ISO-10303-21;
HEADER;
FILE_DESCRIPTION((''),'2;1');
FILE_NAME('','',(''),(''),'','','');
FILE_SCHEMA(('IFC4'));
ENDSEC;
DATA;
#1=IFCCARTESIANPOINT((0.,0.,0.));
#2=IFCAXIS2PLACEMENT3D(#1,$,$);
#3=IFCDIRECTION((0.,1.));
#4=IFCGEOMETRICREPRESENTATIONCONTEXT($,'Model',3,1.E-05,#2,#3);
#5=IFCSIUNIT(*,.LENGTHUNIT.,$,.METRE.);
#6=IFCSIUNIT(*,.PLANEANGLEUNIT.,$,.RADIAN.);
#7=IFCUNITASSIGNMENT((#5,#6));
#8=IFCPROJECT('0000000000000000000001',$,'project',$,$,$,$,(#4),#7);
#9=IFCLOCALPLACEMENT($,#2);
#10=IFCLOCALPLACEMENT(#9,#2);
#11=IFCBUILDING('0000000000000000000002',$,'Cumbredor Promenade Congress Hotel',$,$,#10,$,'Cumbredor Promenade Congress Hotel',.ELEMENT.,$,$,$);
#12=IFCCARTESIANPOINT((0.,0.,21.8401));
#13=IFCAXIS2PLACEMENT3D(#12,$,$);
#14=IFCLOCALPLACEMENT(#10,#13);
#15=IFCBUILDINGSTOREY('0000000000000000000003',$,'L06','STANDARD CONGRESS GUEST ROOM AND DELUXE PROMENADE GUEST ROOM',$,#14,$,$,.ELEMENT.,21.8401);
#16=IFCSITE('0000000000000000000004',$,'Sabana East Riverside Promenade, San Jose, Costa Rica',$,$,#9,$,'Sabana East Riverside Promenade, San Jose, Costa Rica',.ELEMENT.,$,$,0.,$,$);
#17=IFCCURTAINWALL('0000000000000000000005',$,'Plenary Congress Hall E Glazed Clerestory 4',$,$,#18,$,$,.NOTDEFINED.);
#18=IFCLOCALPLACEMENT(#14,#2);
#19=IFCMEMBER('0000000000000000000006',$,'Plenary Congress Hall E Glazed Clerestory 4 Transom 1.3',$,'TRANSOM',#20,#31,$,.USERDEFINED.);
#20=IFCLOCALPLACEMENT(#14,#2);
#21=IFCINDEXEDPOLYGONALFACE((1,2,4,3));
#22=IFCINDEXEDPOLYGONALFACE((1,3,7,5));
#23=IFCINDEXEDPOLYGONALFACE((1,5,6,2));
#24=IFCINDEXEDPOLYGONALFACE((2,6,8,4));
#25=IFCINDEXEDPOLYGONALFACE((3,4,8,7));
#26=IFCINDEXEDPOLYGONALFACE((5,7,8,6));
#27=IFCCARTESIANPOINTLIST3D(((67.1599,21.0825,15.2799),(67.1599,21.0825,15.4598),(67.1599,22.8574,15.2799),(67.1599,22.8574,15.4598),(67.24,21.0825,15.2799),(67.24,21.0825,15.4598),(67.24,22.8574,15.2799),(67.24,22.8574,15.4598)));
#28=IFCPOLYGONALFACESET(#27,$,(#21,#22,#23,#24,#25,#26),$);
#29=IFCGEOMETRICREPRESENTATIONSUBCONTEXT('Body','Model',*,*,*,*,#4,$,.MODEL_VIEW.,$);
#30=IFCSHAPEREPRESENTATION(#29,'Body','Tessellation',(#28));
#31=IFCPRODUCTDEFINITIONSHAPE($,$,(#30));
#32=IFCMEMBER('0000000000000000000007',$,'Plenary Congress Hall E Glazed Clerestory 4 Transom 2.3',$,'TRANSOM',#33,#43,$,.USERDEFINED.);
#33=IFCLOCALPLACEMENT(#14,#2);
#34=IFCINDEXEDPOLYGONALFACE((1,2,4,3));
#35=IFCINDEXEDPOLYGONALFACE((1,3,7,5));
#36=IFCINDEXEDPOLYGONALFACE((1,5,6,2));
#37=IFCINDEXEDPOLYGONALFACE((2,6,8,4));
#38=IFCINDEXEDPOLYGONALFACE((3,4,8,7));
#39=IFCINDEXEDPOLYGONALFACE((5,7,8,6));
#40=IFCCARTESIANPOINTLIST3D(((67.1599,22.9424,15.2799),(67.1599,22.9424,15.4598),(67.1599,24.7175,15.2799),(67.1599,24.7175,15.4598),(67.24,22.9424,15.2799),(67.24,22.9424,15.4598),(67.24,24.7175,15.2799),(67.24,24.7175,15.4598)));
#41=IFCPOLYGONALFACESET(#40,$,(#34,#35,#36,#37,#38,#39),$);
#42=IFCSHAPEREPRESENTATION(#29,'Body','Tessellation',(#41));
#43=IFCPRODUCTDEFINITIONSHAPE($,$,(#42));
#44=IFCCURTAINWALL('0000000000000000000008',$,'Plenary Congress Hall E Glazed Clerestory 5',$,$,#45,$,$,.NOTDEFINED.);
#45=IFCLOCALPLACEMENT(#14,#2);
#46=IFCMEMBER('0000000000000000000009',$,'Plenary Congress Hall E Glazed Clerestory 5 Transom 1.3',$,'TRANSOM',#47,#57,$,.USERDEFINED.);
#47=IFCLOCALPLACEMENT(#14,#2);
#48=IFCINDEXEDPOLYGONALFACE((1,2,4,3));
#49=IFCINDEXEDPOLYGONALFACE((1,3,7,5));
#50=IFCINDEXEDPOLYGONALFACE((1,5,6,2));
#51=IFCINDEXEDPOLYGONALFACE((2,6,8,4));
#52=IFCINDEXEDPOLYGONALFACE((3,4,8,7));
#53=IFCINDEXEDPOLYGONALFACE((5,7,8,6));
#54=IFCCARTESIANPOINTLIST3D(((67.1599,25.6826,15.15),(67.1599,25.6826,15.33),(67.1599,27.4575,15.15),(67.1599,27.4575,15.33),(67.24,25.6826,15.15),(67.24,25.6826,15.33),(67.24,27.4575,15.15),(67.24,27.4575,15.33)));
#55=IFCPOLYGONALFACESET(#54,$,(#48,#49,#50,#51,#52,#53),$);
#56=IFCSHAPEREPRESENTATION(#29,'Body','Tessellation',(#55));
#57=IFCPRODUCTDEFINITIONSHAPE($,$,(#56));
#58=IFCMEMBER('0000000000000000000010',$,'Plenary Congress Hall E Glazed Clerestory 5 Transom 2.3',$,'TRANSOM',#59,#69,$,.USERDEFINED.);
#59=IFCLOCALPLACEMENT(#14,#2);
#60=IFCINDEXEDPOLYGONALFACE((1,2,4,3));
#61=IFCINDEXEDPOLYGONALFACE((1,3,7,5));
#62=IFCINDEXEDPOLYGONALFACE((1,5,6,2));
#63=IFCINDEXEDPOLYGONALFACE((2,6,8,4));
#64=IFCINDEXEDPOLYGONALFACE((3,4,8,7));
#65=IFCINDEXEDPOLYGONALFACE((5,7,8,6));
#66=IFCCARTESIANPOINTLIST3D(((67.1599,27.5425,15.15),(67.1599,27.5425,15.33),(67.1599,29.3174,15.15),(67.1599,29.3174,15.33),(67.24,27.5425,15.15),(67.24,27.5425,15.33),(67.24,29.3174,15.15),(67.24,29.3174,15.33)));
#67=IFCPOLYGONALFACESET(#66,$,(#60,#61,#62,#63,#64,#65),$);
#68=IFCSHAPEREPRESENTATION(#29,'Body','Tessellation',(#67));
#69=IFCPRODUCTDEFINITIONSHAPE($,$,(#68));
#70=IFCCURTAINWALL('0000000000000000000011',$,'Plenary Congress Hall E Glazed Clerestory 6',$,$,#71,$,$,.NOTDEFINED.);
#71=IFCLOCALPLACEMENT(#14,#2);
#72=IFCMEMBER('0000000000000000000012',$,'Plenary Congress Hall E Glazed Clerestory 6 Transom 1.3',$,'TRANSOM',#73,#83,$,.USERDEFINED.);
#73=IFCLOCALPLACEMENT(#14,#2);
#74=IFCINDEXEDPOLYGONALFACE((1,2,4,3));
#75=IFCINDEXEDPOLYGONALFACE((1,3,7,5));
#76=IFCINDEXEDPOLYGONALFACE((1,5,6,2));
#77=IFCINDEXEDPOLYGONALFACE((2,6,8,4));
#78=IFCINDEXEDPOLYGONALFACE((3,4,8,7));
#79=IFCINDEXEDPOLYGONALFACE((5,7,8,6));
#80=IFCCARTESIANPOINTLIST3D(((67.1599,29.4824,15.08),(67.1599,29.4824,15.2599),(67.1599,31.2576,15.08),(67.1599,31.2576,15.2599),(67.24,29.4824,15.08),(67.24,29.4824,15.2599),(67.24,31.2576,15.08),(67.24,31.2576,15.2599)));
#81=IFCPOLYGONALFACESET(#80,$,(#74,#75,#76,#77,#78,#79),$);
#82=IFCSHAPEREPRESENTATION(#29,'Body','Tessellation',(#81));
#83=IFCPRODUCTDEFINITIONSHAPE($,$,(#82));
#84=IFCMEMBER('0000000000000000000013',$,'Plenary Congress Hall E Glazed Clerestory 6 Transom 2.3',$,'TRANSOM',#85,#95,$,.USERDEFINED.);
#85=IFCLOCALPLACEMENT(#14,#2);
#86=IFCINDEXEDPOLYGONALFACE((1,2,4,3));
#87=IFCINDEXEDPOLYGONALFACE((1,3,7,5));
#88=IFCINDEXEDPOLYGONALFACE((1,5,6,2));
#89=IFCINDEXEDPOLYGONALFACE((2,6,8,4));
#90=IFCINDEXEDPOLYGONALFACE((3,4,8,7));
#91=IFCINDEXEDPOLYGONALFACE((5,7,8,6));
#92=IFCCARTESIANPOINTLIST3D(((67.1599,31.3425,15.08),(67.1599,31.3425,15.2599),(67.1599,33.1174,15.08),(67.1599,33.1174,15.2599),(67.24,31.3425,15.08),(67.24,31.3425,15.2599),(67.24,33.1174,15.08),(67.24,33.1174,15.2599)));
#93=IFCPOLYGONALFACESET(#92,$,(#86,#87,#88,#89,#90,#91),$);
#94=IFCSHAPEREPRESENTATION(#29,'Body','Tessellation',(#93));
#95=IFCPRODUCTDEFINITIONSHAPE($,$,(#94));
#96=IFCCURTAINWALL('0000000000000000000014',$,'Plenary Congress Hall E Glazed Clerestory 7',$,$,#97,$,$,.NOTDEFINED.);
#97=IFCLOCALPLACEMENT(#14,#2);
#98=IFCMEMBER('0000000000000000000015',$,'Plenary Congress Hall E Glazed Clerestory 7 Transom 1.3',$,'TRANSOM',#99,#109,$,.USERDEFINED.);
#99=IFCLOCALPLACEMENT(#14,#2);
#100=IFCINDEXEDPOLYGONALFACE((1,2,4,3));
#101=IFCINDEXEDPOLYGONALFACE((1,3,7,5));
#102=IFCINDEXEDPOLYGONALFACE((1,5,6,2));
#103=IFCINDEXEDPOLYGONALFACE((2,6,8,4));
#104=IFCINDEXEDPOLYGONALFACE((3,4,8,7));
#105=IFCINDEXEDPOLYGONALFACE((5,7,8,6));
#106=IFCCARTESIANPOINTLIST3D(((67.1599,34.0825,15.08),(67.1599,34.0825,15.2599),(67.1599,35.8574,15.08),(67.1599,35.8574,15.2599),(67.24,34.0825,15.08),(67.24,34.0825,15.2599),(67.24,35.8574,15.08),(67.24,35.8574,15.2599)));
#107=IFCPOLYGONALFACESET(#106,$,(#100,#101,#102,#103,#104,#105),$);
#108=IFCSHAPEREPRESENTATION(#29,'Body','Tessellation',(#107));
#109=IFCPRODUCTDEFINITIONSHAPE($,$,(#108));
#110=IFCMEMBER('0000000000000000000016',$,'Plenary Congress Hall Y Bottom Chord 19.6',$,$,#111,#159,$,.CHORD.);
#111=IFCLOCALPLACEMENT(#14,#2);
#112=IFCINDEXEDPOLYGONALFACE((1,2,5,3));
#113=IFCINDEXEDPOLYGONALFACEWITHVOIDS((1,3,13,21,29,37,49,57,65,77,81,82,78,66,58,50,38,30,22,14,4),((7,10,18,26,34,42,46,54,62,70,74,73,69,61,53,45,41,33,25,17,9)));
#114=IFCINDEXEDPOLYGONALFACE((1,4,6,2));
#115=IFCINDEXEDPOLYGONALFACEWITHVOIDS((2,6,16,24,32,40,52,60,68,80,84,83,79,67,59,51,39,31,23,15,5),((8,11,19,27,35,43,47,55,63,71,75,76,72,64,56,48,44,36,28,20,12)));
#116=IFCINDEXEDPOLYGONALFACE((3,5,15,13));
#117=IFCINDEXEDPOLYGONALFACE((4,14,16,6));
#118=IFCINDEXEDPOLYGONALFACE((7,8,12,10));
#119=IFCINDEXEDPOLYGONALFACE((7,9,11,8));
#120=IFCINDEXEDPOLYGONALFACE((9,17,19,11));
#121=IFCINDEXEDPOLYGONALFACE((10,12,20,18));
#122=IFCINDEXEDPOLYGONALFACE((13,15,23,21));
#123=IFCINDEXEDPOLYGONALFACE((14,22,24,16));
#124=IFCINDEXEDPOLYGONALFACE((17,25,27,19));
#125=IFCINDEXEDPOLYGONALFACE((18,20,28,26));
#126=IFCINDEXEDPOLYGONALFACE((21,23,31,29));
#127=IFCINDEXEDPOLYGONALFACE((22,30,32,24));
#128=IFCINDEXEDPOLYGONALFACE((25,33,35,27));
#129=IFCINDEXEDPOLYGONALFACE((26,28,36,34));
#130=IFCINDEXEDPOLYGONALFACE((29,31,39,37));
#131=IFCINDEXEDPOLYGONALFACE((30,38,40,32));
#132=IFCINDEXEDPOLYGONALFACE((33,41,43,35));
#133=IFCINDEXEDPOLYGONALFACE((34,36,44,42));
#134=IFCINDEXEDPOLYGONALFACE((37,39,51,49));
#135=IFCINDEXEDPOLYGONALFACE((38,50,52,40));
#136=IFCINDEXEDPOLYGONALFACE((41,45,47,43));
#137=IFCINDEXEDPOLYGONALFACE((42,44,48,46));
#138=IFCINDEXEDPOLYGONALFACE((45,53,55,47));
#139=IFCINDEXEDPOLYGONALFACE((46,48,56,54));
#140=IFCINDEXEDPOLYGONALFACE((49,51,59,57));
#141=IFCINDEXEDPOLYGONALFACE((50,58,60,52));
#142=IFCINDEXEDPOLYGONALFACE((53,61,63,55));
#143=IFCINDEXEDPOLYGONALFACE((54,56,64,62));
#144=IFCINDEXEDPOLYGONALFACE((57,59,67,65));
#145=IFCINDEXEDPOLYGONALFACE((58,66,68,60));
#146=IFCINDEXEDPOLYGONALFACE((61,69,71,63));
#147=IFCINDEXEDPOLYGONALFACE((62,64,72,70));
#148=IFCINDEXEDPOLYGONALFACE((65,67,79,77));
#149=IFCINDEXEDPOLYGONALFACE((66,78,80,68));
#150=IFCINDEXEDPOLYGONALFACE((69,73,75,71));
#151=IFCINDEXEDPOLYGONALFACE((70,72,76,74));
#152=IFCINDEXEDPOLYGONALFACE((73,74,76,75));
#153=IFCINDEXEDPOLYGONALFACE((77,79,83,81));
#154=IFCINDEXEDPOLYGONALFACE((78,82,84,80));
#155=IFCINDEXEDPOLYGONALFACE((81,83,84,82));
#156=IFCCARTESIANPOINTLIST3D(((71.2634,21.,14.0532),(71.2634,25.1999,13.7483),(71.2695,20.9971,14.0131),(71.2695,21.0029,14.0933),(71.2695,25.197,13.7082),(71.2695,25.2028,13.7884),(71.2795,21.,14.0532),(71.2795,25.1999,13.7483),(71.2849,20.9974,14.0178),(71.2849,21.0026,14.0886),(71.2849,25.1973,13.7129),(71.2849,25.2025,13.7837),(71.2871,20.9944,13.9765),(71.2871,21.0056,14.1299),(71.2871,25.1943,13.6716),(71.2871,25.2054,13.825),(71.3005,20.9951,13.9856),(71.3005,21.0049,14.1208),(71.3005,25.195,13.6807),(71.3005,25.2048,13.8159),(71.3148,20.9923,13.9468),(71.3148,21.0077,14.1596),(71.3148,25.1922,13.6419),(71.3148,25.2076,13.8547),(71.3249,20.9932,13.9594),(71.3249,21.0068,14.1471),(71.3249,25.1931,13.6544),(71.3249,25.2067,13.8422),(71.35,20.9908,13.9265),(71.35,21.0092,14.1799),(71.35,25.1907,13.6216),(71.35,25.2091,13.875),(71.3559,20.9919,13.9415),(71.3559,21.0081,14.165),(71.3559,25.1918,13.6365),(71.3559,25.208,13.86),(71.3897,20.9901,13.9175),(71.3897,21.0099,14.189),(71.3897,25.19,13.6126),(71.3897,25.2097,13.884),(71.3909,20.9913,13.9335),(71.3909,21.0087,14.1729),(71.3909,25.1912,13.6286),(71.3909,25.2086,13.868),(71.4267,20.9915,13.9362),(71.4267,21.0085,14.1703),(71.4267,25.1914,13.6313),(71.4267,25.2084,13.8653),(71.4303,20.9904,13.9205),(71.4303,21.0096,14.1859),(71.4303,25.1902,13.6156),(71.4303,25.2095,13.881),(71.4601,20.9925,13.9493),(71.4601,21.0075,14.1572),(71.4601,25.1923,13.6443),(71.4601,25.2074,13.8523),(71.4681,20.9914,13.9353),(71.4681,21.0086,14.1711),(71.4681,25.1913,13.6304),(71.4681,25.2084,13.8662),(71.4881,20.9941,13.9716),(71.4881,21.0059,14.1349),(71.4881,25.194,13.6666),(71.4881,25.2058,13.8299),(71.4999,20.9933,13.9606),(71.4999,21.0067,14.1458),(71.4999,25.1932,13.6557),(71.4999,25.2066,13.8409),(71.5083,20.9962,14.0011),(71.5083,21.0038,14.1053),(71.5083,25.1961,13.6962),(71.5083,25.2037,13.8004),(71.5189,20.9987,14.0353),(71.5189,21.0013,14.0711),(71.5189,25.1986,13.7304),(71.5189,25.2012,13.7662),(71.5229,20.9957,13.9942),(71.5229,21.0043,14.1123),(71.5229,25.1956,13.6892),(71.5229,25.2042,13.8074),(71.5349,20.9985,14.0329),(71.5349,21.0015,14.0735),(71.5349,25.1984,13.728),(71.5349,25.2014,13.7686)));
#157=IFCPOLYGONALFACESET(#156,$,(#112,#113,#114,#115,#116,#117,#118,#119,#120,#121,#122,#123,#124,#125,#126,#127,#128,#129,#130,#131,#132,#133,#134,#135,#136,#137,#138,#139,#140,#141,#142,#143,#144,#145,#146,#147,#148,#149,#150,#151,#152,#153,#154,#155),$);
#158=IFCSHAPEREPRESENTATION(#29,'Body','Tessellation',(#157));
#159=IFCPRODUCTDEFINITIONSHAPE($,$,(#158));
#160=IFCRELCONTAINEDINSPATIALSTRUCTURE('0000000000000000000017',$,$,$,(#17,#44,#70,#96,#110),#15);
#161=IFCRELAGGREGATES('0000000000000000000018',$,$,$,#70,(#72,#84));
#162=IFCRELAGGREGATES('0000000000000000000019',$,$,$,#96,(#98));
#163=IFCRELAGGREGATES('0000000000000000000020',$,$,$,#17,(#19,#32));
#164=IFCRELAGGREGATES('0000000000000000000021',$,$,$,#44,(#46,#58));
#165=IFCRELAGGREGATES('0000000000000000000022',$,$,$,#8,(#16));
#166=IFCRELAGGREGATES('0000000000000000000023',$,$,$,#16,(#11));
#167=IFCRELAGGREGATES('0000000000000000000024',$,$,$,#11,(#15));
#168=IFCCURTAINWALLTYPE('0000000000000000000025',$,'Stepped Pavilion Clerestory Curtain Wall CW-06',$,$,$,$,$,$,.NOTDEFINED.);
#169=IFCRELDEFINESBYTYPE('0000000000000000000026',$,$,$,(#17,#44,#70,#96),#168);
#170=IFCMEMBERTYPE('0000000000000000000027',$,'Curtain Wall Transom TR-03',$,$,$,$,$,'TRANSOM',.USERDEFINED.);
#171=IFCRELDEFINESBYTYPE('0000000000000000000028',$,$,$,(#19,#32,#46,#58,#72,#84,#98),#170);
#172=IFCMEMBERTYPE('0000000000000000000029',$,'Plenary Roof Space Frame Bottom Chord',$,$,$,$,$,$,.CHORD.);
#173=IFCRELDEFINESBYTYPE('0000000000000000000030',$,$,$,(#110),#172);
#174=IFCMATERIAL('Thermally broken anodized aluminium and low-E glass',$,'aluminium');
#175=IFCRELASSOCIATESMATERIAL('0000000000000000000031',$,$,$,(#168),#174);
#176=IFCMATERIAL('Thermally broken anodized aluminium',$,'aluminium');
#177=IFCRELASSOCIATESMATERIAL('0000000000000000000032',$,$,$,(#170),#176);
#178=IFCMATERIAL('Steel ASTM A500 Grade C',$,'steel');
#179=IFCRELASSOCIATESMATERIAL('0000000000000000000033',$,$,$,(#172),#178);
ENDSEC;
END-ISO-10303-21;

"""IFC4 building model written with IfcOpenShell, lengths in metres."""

from ifc_helpers import new_model, si_unit, direction, frame, origin, origin_2d, place, context, subcontext, project, spatial, rectangle, hollow_circle, extrude, material, material_profile, profile_set, type_object, element, aggregate, save


model = new_model("IFC4")

# Units and contexts
model_context = context("Model", 3, precision=1e-05, world=origin(), true_north=direction((0.0, 1.0)))
body_context = subcontext(model_context, "Body", "Model", "MODEL_VIEW")
ifc_project = project(units=[si_unit("LENGTHUNIT", "METRE"), si_unit("PLANEANGLEUNIT", "RADIAN")], contexts=[model_context])

# Site, building, storey
site_placement = place(None, origin())
site = spatial("IfcSite", under=ifc_project, at=site_placement, Name="Sabana East Riverside Promenade, San Jose, Costa Rica", LongName="Sabana East Riverside Promenade, San Jose, Costa Rica", CompositionType="ELEMENT", RefElevation=0.0)
building_placement = place(site_placement, origin())
building = spatial("IfcBuilding", under=site, at=building_placement, Name="Cumbredor Promenade Congress Hotel", LongName="Cumbredor Promenade Congress Hotel", CompositionType="ELEMENT")
storey_placement = place(building_placement, frame((0.0, 0.0, 21.8401)))
storey = spatial("IfcBuildingStorey", under=building, at=storey_placement, Name="L06", Description="STANDARD CONGRESS GUEST ROOM AND DELUXE PROMENADE GUEST ROOM", CompositionType="ELEMENT", Elevation=21.8401)

# Curtain walls, members
ifc_material_1 = material(Name="Thermally broken anodized aluminium and low-E glass", Category="aluminium")
curtain_wall_type = type_object("IfcCurtainWallType", Name="Stepped Pavilion Clerestory Curtain Wall CW-06", PredefinedType="NOTDEFINED", material=ifc_material_1)
curtain_wall_1_placement = place(storey_placement, origin())
curtain_wall_1 = element("IfcCurtainWall", 1, at=curtain_wall_1_placement, inside=storey, type_object=curtain_wall_type, Name="Plenary Congress Hall E Glazed Clerestory 4", PredefinedType="NOTDEFINED")
ifc_material_2 = material(Name="Thermally broken anodized aluminium", Category="aluminium")
ifc_material_profile_1 = material_profile(ifc_material_2, rectangle(XDim=0.0801, YDim=0.1799, at=origin_2d()), Name="ALU TRANSOM 80x180")
ifc_profile_set_1 = profile_set([ifc_material_profile_1], Name="Thermally broken anodized aluminium")
member_type_1 = type_object("IfcMemberType", Name="Curtain Wall Transom TR-03", ElementType="TRANSOM", PredefinedType="USERDEFINED", material=ifc_profile_set_1)
member_1_placement = place(storey_placement, frame((67.2, 21.0825, 15.3699), z_axis=(0.0, 1.0, 0.0), x_axis=(-1.0, 0.0, 0.0)))
member_1 = element("IfcMember", 2, at=member_1_placement, type_object=member_type_1, Name="Plenary Congress Hall E Glazed Clerestory 4 Transom 1.3", ObjectType="TRANSOM", PredefinedType="USERDEFINED", context=body_context, shape_type="SweptSolid", body=[
    extrude(rectangle(XDim=0.0801, YDim=0.1799, at=origin_2d()), origin(), (0.0, 0.0, 1.0), 1.7749),
])
member_2_placement = place(storey_placement, frame((67.2, 22.9424, 15.3699), z_axis=(0.0, 1.0, 0.0), x_axis=(-1.0, 0.0, 0.0)))
member_2 = element("IfcMember", 3, at=member_2_placement, type_object=member_type_1, Name="Plenary Congress Hall E Glazed Clerestory 4 Transom 2.3", ObjectType="TRANSOM", PredefinedType="USERDEFINED", context=body_context, shape_type="SweptSolid", body=[
    extrude(rectangle(XDim=0.0801, YDim=0.1799, at=origin_2d()), origin(), (0.0, 0.0, 1.0), 1.7751),
])
curtain_wall_2_placement = place(storey_placement, origin())
curtain_wall_2 = element("IfcCurtainWall", 4, at=curtain_wall_2_placement, inside=storey, type_object=curtain_wall_type, Name="Plenary Congress Hall E Glazed Clerestory 5", PredefinedType="NOTDEFINED")
member_3_placement = place(storey_placement, frame((67.2, 25.6826, 15.24), z_axis=(0.0, 1.0, 0.0), x_axis=(-1.0, 0.0, 0.0)))
member_3 = element("IfcMember", 5, at=member_3_placement, type_object=member_type_1, Name="Plenary Congress Hall E Glazed Clerestory 5 Transom 1.3", ObjectType="TRANSOM", PredefinedType="USERDEFINED", context=body_context, shape_type="SweptSolid", body=[
    extrude(rectangle(XDim=0.0801, YDim=0.1799, at=origin_2d()), origin(), (0.0, 0.0, 1.0), 1.7749),
])
member_4_placement = place(storey_placement, frame((67.2, 27.5425, 15.24), z_axis=(0.0, 1.0, 0.0), x_axis=(-1.0, 0.0, 0.0)))
member_4 = element("IfcMember", 6, at=member_4_placement, type_object=member_type_1, Name="Plenary Congress Hall E Glazed Clerestory 5 Transom 2.3", ObjectType="TRANSOM", PredefinedType="USERDEFINED", context=body_context, shape_type="SweptSolid", body=[
    extrude(rectangle(XDim=0.0801, YDim=0.1799, at=origin_2d()), origin(), (0.0, 0.0, 1.0), 1.7749),
])
curtain_wall_3_placement = place(storey_placement, origin())
curtain_wall_3 = element("IfcCurtainWall", 7, at=curtain_wall_3_placement, inside=storey, type_object=curtain_wall_type, Name="Plenary Congress Hall E Glazed Clerestory 6", PredefinedType="NOTDEFINED")
member_5_placement = place(storey_placement, frame((67.2, 29.4824, 15.1699), z_axis=(0.0, 1.0, 0.0), x_axis=(-1.0, 0.0, 0.0)))
member_5 = element("IfcMember", 8, at=member_5_placement, type_object=member_type_1, Name="Plenary Congress Hall E Glazed Clerestory 6 Transom 1.3", ObjectType="TRANSOM", PredefinedType="USERDEFINED", context=body_context, shape_type="SweptSolid", body=[
    extrude(rectangle(XDim=0.0801, YDim=0.1799, at=origin_2d()), origin(), (0.0, 0.0, 1.0), 1.7751),
])
member_6_placement = place(storey_placement, frame((67.2, 31.3425, 15.1699), z_axis=(0.0, 1.0, 0.0), x_axis=(-1.0, 0.0, 0.0)))
member_6 = element("IfcMember", 9, at=member_6_placement, type_object=member_type_1, Name="Plenary Congress Hall E Glazed Clerestory 6 Transom 2.3", ObjectType="TRANSOM", PredefinedType="USERDEFINED", context=body_context, shape_type="SweptSolid", body=[
    extrude(rectangle(XDim=0.0801, YDim=0.1799, at=origin_2d()), origin(), (0.0, 0.0, 1.0), 1.7749),
])
aggregate(curtain_wall_3, [member_5, member_6])

# Curtain wall, member
curtain_wall_4_placement = place(storey_placement, origin())
curtain_wall_4 = element("IfcCurtainWall", 10, at=curtain_wall_4_placement, inside=storey, type_object=curtain_wall_type, Name="Plenary Congress Hall E Glazed Clerestory 7", PredefinedType="NOTDEFINED")
member_7_placement = place(storey_placement, frame((67.2, 34.0825, 15.1699), z_axis=(0.0, 1.0, 0.0), x_axis=(-1.0, 0.0, 0.0)))
member_7 = element("IfcMember", 11, at=member_7_placement, type_object=member_type_1, Name="Plenary Congress Hall E Glazed Clerestory 7 Transom 1.3", ObjectType="TRANSOM", PredefinedType="USERDEFINED", context=body_context, shape_type="SweptSolid", body=[
    extrude(rectangle(XDim=0.0801, YDim=0.1799, at=origin_2d()), origin(), (0.0, 0.0, 1.0), 1.7749),
])
aggregate(curtain_wall_4, [member_7])

# Member
ifc_material_3 = material(Name="Steel ASTM A500 Grade C", Category="steel")
ifc_material_profile_2 = material_profile(ifc_material_3, hollow_circle(Radius=0.1365, WallThickness=0.0161, at=origin_2d()), Name="CHS 273.0x16")
ifc_profile_set_2 = profile_set([ifc_material_profile_2], Name="Steel ASTM A500 Grade C")
member_type_2 = type_object("IfcMemberType", Name="Plenary Roof Space Frame Bottom Chord", PredefinedType="CHORD", material=ifc_profile_set_2)
member_8_placement = place(storey_placement, frame((71.3999, 21.0, 14.0532), z_axis=(0.0, 0.997375, -0.072413), x_axis=(-1.0, 0.0, 0.0)))
element("IfcMember", 12, at=member_8_placement, inside=storey, type_object=member_type_2, Name="Plenary Congress Hall Y Bottom Chord 19.6", PredefinedType="CHORD", context=body_context, shape_type="SweptSolid", body=[
    extrude(hollow_circle(Radius=0.1365, WallThickness=0.0161, at=origin_2d()), origin(), (0.0, 0.0, 1.0), 4.2109),
])

aggregate(curtain_wall_1, [member_1, member_2])
aggregate(curtain_wall_2, [member_3, member_4])

save(model, "model.ifc")
